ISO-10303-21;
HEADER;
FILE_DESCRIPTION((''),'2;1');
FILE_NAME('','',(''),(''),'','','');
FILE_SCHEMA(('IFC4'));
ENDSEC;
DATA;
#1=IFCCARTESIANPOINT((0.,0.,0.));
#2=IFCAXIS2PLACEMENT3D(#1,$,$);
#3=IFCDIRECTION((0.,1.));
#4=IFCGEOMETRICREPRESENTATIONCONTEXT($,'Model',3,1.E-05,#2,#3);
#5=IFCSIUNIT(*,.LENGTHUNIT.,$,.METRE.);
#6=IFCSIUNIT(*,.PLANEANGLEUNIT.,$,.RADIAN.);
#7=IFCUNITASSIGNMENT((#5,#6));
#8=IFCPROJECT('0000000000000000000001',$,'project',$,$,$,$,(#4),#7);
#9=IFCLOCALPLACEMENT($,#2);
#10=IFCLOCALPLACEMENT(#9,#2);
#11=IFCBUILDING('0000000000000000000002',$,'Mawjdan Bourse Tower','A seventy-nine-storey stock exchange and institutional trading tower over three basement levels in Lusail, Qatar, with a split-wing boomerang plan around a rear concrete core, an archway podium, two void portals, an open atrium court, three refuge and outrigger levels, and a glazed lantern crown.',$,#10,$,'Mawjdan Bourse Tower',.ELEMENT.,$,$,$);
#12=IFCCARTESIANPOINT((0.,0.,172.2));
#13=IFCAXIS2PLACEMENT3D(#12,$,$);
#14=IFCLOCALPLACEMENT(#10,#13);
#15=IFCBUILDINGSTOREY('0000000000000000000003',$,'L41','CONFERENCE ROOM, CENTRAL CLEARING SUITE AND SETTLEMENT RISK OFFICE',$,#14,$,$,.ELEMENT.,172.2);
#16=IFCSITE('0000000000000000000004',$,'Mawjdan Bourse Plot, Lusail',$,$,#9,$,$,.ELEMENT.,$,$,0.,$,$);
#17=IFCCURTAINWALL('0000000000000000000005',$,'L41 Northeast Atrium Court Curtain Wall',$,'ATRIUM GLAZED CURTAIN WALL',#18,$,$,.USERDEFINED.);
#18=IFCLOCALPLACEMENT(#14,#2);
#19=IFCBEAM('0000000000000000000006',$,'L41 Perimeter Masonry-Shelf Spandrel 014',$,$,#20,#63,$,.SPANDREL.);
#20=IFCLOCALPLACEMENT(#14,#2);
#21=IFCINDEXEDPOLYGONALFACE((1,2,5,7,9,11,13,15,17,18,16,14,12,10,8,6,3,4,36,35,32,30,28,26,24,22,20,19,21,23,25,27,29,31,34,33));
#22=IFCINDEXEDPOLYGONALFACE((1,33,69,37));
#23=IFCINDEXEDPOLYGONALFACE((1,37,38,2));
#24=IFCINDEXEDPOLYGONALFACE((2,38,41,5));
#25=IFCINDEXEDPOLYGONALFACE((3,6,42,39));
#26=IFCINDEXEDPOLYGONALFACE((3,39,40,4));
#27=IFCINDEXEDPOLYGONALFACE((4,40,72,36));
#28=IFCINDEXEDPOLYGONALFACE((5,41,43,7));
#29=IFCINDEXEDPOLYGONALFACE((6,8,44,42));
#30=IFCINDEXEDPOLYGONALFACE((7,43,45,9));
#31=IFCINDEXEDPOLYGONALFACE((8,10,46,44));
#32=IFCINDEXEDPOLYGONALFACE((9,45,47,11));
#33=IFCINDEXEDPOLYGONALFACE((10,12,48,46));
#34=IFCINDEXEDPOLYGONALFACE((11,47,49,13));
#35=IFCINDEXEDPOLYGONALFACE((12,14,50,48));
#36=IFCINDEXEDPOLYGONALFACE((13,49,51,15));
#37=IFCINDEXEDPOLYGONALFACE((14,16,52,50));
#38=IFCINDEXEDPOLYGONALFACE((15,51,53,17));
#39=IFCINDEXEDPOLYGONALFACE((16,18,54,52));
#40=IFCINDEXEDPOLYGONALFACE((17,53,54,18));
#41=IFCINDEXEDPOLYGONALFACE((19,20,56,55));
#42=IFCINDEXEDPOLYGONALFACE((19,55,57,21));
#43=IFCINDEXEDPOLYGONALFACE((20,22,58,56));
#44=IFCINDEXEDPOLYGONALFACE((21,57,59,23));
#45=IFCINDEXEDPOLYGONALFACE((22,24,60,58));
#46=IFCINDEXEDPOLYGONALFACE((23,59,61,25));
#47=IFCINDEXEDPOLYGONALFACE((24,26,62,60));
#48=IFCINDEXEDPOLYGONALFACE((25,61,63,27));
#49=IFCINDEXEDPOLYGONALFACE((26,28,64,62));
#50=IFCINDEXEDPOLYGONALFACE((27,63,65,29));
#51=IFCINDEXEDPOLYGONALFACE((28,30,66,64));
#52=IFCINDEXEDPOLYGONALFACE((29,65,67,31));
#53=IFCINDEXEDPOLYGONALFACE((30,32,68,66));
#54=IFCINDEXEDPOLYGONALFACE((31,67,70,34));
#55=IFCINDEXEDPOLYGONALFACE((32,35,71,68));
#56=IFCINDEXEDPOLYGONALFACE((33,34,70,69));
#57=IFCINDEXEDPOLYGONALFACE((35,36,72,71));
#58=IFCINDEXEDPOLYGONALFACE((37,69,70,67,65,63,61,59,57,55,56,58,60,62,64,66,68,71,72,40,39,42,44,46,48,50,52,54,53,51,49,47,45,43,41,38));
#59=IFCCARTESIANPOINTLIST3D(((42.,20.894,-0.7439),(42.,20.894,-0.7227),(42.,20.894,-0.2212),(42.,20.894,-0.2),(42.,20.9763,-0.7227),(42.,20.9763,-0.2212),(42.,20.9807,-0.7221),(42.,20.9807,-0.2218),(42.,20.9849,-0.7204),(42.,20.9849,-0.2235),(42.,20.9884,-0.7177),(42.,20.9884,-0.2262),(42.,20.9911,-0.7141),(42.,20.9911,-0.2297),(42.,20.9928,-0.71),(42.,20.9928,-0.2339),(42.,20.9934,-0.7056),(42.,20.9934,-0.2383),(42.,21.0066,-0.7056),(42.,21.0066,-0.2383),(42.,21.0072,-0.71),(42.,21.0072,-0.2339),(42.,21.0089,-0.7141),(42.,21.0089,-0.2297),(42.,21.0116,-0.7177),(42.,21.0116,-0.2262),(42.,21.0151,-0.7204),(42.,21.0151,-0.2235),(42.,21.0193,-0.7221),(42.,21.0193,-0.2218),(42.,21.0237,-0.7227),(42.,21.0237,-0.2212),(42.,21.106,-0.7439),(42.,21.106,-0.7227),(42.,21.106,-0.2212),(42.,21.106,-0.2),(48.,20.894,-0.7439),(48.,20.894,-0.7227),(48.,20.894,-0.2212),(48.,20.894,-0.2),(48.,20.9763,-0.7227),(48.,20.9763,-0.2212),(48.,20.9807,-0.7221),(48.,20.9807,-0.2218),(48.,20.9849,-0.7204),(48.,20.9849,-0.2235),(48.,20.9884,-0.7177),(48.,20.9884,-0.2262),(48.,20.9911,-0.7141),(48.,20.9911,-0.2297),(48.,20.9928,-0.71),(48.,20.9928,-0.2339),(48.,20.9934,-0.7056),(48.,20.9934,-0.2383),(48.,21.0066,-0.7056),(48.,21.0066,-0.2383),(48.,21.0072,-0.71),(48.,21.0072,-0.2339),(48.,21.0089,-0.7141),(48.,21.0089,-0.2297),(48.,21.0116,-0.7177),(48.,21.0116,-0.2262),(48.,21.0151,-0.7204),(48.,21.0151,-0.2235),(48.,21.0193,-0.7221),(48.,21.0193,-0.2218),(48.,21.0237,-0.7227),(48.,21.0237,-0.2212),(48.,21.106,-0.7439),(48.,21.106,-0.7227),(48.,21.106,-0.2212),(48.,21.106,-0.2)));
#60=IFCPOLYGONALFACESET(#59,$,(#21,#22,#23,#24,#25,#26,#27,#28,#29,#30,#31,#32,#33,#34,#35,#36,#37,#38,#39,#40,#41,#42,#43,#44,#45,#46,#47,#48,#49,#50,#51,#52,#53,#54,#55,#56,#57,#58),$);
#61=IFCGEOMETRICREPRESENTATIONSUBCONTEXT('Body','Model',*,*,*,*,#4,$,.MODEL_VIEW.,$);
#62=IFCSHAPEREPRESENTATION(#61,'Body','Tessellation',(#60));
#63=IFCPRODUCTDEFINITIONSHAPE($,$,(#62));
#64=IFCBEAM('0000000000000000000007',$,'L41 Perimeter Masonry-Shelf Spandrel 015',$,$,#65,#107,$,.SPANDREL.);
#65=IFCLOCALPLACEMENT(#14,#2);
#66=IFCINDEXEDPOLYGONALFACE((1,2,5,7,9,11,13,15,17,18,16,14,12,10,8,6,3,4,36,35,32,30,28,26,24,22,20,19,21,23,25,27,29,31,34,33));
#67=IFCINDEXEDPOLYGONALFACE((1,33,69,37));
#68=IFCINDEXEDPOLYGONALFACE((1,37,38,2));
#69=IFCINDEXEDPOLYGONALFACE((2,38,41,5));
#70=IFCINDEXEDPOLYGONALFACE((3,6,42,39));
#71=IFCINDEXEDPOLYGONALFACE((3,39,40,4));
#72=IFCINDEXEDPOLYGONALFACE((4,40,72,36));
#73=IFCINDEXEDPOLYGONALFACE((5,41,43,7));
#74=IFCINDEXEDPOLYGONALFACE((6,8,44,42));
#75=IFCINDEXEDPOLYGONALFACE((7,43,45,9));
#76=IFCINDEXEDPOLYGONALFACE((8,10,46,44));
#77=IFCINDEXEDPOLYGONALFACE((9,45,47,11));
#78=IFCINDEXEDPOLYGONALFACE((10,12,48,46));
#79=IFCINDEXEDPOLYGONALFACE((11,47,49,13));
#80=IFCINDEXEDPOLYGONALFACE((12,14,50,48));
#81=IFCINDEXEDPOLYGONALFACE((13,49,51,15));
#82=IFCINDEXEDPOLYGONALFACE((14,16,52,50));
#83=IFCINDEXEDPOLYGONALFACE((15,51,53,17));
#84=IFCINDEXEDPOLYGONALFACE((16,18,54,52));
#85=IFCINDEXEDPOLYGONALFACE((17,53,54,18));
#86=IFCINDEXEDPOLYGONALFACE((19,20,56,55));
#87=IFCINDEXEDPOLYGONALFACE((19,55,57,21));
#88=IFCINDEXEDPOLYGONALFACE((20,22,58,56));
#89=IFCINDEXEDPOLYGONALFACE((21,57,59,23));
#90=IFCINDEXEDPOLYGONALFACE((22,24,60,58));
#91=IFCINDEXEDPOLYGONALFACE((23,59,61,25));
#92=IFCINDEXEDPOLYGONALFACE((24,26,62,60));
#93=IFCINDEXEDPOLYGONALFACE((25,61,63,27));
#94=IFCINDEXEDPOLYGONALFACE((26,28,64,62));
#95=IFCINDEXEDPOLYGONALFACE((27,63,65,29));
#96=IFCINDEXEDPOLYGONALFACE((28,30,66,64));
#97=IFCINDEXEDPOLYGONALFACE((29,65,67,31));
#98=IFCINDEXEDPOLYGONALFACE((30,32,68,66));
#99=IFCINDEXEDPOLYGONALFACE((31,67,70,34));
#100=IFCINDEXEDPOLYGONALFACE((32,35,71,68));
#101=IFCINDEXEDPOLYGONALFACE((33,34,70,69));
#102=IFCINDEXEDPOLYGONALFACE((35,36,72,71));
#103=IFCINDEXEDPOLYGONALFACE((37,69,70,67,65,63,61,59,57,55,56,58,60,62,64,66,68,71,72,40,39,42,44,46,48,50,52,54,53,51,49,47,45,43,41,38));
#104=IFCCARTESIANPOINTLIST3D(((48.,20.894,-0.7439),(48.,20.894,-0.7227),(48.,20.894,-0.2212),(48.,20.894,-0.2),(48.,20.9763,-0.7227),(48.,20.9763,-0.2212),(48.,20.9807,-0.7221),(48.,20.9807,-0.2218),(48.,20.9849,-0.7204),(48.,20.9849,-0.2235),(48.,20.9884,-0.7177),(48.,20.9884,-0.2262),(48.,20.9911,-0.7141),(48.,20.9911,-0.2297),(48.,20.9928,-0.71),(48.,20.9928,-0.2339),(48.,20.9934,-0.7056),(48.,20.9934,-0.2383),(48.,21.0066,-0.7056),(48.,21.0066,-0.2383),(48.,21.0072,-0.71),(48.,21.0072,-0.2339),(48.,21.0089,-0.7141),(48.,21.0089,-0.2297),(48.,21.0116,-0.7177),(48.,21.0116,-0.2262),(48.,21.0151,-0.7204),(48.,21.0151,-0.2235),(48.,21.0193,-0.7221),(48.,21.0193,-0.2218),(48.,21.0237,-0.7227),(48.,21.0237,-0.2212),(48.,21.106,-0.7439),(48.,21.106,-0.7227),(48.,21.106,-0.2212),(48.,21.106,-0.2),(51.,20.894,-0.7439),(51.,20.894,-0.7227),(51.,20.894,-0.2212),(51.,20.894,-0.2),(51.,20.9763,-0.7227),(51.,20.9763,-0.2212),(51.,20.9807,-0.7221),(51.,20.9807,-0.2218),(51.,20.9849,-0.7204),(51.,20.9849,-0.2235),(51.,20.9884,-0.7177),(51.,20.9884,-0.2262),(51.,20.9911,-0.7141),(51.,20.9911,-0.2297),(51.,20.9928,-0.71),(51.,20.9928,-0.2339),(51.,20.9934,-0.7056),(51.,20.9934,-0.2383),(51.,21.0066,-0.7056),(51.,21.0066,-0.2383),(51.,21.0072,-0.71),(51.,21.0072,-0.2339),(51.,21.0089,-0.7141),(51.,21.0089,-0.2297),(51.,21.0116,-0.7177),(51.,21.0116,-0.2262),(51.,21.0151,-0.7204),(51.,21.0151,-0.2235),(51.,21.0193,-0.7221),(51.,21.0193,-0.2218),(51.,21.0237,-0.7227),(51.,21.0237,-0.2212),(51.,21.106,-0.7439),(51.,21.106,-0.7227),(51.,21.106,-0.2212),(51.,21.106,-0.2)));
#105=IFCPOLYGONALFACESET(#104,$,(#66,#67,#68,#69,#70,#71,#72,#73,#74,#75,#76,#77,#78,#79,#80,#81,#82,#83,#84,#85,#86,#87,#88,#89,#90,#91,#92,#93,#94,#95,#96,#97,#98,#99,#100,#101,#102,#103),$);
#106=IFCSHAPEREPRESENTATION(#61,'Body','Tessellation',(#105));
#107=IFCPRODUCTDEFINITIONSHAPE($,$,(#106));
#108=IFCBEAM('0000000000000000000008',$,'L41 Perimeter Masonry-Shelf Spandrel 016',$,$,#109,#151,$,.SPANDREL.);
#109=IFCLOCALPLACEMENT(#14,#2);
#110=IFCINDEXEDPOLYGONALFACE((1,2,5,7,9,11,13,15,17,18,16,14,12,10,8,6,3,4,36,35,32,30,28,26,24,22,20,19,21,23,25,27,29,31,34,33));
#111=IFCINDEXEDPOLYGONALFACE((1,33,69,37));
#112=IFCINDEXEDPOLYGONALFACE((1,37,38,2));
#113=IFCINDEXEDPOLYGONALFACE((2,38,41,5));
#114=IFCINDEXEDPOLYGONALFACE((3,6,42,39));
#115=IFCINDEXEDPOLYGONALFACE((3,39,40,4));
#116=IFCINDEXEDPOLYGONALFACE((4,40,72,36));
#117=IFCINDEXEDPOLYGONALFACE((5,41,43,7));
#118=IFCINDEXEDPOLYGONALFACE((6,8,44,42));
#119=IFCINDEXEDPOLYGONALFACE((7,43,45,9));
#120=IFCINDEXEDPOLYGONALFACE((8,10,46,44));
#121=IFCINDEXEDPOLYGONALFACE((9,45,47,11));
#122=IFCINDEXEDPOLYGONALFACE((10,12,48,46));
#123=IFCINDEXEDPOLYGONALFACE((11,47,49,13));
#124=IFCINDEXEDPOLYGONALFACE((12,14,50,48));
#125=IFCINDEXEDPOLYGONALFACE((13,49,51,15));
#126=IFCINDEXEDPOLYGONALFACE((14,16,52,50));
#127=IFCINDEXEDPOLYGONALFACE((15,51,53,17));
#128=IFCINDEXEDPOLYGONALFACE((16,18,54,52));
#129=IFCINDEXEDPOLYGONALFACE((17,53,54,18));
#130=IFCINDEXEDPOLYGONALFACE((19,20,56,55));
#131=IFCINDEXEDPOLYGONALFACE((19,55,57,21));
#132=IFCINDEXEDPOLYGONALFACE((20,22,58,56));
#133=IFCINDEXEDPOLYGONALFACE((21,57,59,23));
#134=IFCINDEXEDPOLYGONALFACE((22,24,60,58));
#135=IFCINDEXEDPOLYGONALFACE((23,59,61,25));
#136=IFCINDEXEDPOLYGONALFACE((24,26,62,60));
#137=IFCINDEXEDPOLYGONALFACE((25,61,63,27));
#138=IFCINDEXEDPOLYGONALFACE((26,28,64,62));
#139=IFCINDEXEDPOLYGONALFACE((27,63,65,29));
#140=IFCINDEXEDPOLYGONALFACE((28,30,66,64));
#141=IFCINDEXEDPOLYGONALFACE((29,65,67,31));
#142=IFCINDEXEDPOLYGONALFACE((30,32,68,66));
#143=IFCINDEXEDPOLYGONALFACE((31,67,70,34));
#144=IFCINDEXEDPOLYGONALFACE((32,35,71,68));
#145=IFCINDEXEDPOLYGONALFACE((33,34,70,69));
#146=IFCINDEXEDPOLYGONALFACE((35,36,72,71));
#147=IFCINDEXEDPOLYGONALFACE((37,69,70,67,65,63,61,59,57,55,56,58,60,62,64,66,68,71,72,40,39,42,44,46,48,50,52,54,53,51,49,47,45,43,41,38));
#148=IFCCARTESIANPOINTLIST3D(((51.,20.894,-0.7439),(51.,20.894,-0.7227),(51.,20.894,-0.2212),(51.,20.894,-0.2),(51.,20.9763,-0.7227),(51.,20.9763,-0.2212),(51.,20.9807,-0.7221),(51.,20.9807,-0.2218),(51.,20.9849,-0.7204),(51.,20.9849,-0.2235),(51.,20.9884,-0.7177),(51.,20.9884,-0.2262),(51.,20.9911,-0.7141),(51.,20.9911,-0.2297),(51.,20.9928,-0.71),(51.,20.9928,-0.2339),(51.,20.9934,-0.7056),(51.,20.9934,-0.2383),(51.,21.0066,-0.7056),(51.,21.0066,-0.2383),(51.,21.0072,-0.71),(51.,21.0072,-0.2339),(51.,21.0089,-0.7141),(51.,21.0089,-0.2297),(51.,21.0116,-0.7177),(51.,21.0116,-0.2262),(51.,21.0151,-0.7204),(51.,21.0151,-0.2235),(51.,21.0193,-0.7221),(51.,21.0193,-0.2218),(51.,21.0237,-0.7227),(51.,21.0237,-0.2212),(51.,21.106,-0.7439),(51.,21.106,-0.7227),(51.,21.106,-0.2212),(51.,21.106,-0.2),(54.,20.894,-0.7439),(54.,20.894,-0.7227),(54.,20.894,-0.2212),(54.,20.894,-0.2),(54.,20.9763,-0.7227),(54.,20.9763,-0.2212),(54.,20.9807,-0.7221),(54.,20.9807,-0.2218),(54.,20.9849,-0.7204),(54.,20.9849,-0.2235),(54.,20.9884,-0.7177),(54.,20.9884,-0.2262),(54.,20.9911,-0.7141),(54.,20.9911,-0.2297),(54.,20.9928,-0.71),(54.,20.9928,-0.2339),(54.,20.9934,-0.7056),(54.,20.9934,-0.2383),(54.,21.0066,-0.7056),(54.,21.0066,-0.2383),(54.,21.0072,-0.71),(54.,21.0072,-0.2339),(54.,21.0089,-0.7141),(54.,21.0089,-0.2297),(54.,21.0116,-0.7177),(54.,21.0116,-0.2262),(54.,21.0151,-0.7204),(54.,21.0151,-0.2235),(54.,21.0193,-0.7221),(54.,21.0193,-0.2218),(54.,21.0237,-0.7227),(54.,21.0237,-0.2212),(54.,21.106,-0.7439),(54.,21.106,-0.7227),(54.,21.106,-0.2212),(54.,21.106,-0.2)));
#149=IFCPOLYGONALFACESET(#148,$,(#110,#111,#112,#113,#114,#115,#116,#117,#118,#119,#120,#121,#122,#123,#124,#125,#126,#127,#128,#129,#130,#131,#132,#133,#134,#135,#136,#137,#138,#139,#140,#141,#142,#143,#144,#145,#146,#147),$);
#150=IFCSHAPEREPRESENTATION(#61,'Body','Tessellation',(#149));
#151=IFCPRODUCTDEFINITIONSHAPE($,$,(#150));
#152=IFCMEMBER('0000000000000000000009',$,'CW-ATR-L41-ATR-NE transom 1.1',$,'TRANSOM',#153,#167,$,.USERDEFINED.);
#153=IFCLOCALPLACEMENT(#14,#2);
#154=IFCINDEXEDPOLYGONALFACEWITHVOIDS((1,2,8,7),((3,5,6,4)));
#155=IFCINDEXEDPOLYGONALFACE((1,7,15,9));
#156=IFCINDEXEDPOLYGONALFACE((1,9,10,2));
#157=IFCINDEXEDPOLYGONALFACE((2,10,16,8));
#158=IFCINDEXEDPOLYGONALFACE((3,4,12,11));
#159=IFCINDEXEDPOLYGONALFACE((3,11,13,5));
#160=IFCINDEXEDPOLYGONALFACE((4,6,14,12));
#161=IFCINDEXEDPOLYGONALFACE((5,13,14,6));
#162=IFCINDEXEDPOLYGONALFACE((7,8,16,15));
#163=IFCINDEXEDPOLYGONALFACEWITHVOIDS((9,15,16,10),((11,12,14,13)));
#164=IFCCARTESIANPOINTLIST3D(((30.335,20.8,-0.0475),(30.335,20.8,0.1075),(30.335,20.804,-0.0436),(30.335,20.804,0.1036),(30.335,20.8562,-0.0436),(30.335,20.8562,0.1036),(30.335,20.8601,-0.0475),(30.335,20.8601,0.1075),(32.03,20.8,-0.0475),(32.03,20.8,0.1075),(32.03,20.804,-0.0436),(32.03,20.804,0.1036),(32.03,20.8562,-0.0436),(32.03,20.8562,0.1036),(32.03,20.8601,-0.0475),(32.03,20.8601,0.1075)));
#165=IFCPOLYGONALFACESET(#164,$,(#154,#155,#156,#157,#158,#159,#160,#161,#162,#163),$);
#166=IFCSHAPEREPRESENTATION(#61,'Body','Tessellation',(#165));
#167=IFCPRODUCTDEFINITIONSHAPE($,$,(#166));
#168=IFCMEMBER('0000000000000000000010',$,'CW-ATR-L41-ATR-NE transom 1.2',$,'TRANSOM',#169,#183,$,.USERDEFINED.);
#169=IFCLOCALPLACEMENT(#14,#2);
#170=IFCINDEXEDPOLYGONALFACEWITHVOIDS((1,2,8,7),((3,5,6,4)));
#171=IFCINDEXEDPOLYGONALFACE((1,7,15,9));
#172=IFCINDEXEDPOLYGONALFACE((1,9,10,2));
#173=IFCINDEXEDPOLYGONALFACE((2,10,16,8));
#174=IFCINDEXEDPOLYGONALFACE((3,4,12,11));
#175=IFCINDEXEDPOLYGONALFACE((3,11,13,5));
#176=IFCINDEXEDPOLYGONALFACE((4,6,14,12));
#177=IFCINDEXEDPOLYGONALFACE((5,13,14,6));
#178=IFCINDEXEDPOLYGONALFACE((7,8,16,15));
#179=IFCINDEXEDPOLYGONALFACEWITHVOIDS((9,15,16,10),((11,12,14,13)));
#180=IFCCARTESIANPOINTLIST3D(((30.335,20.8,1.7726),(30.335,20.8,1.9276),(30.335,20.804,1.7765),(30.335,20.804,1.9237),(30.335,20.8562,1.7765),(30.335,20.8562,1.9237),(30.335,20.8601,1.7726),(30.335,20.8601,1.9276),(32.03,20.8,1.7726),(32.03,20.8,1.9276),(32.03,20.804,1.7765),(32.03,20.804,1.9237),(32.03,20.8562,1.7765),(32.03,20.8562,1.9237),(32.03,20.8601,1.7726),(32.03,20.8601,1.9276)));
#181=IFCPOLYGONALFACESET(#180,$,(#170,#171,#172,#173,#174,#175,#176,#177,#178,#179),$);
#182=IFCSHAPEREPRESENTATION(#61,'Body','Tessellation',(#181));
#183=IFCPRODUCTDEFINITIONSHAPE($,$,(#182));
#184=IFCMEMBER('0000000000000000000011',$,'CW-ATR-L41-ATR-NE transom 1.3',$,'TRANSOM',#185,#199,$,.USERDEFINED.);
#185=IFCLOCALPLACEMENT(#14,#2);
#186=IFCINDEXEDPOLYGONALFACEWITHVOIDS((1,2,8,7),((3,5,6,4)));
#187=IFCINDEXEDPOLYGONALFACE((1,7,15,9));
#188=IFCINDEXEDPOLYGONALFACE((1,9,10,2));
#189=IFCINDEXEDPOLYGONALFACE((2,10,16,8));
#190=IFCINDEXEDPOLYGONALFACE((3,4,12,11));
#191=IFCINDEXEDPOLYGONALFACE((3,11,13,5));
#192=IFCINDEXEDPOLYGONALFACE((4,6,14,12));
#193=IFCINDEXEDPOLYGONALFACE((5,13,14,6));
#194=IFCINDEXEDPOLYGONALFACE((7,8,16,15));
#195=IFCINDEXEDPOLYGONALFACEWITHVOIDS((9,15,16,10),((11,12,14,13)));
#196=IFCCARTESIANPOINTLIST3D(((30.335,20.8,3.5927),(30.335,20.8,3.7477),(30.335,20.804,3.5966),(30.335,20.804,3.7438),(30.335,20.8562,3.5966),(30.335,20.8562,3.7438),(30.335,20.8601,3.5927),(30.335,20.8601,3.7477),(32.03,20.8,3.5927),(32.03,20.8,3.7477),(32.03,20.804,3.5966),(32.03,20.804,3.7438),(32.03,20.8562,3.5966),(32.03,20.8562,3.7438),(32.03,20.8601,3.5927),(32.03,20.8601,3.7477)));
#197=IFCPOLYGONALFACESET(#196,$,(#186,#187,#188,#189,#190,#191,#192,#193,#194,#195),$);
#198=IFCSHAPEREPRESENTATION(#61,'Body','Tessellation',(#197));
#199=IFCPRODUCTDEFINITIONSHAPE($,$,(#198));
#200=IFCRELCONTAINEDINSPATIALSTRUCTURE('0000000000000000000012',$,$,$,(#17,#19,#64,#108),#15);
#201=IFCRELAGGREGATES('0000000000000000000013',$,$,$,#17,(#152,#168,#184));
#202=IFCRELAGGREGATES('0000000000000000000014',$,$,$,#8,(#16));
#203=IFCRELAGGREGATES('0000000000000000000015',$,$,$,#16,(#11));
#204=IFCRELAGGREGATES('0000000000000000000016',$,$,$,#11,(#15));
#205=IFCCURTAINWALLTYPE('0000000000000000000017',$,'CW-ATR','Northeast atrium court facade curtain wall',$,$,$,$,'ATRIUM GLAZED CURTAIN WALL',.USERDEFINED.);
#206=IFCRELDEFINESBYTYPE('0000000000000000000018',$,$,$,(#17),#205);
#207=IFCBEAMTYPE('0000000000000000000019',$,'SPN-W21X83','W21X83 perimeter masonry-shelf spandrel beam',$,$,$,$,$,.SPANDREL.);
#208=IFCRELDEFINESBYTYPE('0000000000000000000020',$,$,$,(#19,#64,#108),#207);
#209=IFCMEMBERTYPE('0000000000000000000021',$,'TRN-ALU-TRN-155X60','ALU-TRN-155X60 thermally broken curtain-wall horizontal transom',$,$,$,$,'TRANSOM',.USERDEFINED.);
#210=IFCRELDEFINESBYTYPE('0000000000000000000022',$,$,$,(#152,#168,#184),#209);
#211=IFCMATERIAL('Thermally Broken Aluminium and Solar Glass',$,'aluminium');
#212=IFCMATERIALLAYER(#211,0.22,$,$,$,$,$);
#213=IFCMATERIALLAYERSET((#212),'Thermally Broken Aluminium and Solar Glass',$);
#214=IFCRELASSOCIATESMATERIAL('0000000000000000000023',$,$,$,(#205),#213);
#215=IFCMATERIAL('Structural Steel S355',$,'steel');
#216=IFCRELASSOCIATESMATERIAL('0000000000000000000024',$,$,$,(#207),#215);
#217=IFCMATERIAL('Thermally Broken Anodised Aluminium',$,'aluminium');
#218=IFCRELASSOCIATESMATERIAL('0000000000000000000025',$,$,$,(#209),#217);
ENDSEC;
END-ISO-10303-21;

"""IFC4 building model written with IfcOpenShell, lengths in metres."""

from ifc_helpers import new_model, si_unit, direction, frame, origin, origin_2d, place, context, subcontext, project, spatial, hollow_rectangle, i_section, extrude, material, layer, layer_set, material_profile, profile_set, type_object, element, aggregate, save


model = new_model("IFC4")

# Units and contexts
model_context = context("Model", 3, precision=1e-05, world=origin(), true_north=direction((0.0, 1.0)))
body_context = subcontext(model_context, "Body", "Model", "MODEL_VIEW")
ifc_project = project(units=[si_unit("LENGTHUNIT", "METRE"), si_unit("PLANEANGLEUNIT", "RADIAN")], contexts=[model_context])

# Site, building, storey
site_placement = place(None, origin())
site = spatial("IfcSite", under=ifc_project, at=site_placement, Name="Mawjdan Bourse Plot, Lusail", CompositionType="ELEMENT", RefElevation=0.0)
building_placement = place(site_placement, origin())
building = spatial("IfcBuilding", under=site, at=building_placement, Name="Mawjdan Bourse Tower", Description="A seventy-nine-storey stock exchange and institutional trading tower over three basement levels in Lusail, Qatar, with a split-wing boomerang plan around a rear concrete core, an archway podium, two void portals, an open atrium court, three refuge and outrigger levels, and a glazed lantern crown.", LongName="Mawjdan Bourse Tower", CompositionType="ELEMENT")
storey_placement = place(building_placement, frame((0.0, 0.0, 172.2)))
storey = spatial("IfcBuildingStorey", under=building, at=storey_placement, Name="L41", Description="CONFERENCE ROOM, CENTRAL CLEARING SUITE AND SETTLEMENT RISK OFFICE", CompositionType="ELEMENT", Elevation=172.2)

# Shared definitions
ifc_material_1 = material(Name="Structural Steel S355", Category="steel")

# Curtain wall
ifc_material_2 = material(Name="Thermally Broken Aluminium and Solar Glass", Category="aluminium")
ifc_layer_1 = layer(ifc_material_2, 0.22)
ifc_layer_set_1 = layer_set([ifc_layer_1], Name="Thermally Broken Aluminium and Solar Glass")
curtain_wall_type = type_object("IfcCurtainWallType", Name="CW-ATR", Description="Northeast atrium court facade curtain wall", ElementType="ATRIUM GLAZED CURTAIN WALL", PredefinedType="USERDEFINED", material=ifc_layer_set_1)
curtain_wall_placement = place(storey_placement, origin())
curtain_wall = element("IfcCurtainWall", 1, at=curtain_wall_placement, inside=storey, type_object=curtain_wall_type, Name="L41 Northeast Atrium Court Curtain Wall", ObjectType="ATRIUM GLAZED CURTAIN WALL", PredefinedType="USERDEFINED")
ifc_material_3 = material(Name="Thermally Broken Anodised Aluminium", Category="aluminium")

# Beams
ifc_material_profile_1 = material_profile(ifc_material_1, i_section(OverallWidth=0.2119, OverallDepth=0.5439, WebThickness=0.0132, FlangeThickness=0.0212, FilletRadius=0.0171, at=origin_2d()), Name="W21X83")
ifc_profile_set_1 = profile_set([ifc_material_profile_1], Name="Structural Steel S355")
beam_type_1 = type_object("IfcBeamType", Name="SPN-W21X83", Description="W21X83 perimeter masonry-shelf spandrel beam", PredefinedType="SPANDREL", material=ifc_profile_set_1)
beam_1_placement = place(storey_placement, frame((42.0, 21.0, -0.4719), z_axis=(1.0, 0.0, 0.0), x_axis=(0.0, 1.0, 0.0)))
element("IfcBeam", 2, at=beam_1_placement, inside=storey, type_object=beam_type_1, Name="L41 Perimeter Masonry-Shelf Spandrel 014", PredefinedType="SPANDREL", context=body_context, shape_type="SweptSolid", body=[
    extrude(i_section(OverallWidth=0.2119, OverallDepth=0.5439, WebThickness=0.0132, FlangeThickness=0.0212, FilletRadius=0.0171, at=origin_2d()), origin(), (0.0, 0.0, 1.0), 6.0),
])
for number, where, z_axis, x_axis, name in (
    (3, (48.0, 21.0, -0.4719), (1.0, 0.0, 0.0), (0.0, 1.0, 0.0), "L41 Perimeter Masonry-Shelf Spandrel 015"),
    (4, (51.0, 21.0, -0.4719), (1.0, 0.0, 0.0), (0.0, 1.0, 0.0), "L41 Perimeter Masonry-Shelf Spandrel 016"),
):
    element("IfcBeam", number, at=place(storey_placement, frame(where, z_axis=z_axis, x_axis=x_axis)), inside=storey, type_object=beam_type_1, Name=name, PredefinedType="SPANDREL", context=body_context, shape_type="SweptSolid", body=[
        extrude(i_section(OverallWidth=0.2119, OverallDepth=0.5439, WebThickness=0.0132, FlangeThickness=0.0212, FilletRadius=0.0171, at=origin_2d()), origin(), (0.0, 0.0, 1.0), 3.0),
    ])

# Members
ifc_material_profile_2 = material_profile(ifc_material_3, hollow_rectangle(XDim=0.0601, YDim=0.155, WallThickness=0.0039, at=origin_2d()), Name="ALU-TRN-155X60")
ifc_profile_set_2 = profile_set([ifc_material_profile_2], Name="Thermally Broken Anodised Aluminium")
member_type_1 = type_object("IfcMemberType", Name="TRN-ALU-TRN-155X60", Description="ALU-TRN-155X60 thermally broken curtain-wall horizontal transom", ElementType="TRANSOM", PredefinedType="USERDEFINED", material=ifc_profile_set_2)
member_1_placement = place(storey_placement, frame((32.03, 20.8301, 0.03), z_axis=(-1.0, 0.0, 0.0), x_axis=(0.0, -1.0, 0.0)))
member_1 = element("IfcMember", 5, at=member_1_placement, type_object=member_type_1, Name="CW-ATR-L41-ATR-NE transom 1.1", ObjectType="TRANSOM", PredefinedType="USERDEFINED", context=body_context, shape_type="SweptSolid", body=[
    extrude(hollow_rectangle(XDim=0.0601, YDim=0.155, WallThickness=0.0039, at=origin_2d()), origin(), (0.0, 0.0, 1.0), 1.6951),
])
member_2_placement = place(storey_placement, frame((32.03, 20.8301, 1.8501), z_axis=(-1.0, 0.0, 0.0), x_axis=(0.0, -1.0, 0.0)))
member_2 = element("IfcMember", 6, at=member_2_placement, type_object=member_type_1, Name="CW-ATR-L41-ATR-NE transom 1.2", ObjectType="TRANSOM", PredefinedType="USERDEFINED", context=body_context, shape_type="SweptSolid", body=[
    extrude(hollow_rectangle(XDim=0.0601, YDim=0.155, WallThickness=0.0039, at=origin_2d()), origin(), (0.0, 0.0, 1.0), 1.6951),
])
member_3_placement = place(storey_placement, frame((32.03, 20.8301, 3.6702), z_axis=(-1.0, 0.0, 0.0), x_axis=(0.0, -1.0, 0.0)))
member_3 = element("IfcMember", 7, at=member_3_placement, type_object=member_type_1, Name="CW-ATR-L41-ATR-NE transom 1.3", ObjectType="TRANSOM", PredefinedType="USERDEFINED", context=body_context, shape_type="SweptSolid", body=[
    extrude(hollow_rectangle(XDim=0.0601, YDim=0.155, WallThickness=0.0039, at=origin_2d()), origin(), (0.0, 0.0, 1.0), 1.6951),
])

aggregate(curtain_wall, [member_1, member_2, member_3])

save(model, "model.ifc")
